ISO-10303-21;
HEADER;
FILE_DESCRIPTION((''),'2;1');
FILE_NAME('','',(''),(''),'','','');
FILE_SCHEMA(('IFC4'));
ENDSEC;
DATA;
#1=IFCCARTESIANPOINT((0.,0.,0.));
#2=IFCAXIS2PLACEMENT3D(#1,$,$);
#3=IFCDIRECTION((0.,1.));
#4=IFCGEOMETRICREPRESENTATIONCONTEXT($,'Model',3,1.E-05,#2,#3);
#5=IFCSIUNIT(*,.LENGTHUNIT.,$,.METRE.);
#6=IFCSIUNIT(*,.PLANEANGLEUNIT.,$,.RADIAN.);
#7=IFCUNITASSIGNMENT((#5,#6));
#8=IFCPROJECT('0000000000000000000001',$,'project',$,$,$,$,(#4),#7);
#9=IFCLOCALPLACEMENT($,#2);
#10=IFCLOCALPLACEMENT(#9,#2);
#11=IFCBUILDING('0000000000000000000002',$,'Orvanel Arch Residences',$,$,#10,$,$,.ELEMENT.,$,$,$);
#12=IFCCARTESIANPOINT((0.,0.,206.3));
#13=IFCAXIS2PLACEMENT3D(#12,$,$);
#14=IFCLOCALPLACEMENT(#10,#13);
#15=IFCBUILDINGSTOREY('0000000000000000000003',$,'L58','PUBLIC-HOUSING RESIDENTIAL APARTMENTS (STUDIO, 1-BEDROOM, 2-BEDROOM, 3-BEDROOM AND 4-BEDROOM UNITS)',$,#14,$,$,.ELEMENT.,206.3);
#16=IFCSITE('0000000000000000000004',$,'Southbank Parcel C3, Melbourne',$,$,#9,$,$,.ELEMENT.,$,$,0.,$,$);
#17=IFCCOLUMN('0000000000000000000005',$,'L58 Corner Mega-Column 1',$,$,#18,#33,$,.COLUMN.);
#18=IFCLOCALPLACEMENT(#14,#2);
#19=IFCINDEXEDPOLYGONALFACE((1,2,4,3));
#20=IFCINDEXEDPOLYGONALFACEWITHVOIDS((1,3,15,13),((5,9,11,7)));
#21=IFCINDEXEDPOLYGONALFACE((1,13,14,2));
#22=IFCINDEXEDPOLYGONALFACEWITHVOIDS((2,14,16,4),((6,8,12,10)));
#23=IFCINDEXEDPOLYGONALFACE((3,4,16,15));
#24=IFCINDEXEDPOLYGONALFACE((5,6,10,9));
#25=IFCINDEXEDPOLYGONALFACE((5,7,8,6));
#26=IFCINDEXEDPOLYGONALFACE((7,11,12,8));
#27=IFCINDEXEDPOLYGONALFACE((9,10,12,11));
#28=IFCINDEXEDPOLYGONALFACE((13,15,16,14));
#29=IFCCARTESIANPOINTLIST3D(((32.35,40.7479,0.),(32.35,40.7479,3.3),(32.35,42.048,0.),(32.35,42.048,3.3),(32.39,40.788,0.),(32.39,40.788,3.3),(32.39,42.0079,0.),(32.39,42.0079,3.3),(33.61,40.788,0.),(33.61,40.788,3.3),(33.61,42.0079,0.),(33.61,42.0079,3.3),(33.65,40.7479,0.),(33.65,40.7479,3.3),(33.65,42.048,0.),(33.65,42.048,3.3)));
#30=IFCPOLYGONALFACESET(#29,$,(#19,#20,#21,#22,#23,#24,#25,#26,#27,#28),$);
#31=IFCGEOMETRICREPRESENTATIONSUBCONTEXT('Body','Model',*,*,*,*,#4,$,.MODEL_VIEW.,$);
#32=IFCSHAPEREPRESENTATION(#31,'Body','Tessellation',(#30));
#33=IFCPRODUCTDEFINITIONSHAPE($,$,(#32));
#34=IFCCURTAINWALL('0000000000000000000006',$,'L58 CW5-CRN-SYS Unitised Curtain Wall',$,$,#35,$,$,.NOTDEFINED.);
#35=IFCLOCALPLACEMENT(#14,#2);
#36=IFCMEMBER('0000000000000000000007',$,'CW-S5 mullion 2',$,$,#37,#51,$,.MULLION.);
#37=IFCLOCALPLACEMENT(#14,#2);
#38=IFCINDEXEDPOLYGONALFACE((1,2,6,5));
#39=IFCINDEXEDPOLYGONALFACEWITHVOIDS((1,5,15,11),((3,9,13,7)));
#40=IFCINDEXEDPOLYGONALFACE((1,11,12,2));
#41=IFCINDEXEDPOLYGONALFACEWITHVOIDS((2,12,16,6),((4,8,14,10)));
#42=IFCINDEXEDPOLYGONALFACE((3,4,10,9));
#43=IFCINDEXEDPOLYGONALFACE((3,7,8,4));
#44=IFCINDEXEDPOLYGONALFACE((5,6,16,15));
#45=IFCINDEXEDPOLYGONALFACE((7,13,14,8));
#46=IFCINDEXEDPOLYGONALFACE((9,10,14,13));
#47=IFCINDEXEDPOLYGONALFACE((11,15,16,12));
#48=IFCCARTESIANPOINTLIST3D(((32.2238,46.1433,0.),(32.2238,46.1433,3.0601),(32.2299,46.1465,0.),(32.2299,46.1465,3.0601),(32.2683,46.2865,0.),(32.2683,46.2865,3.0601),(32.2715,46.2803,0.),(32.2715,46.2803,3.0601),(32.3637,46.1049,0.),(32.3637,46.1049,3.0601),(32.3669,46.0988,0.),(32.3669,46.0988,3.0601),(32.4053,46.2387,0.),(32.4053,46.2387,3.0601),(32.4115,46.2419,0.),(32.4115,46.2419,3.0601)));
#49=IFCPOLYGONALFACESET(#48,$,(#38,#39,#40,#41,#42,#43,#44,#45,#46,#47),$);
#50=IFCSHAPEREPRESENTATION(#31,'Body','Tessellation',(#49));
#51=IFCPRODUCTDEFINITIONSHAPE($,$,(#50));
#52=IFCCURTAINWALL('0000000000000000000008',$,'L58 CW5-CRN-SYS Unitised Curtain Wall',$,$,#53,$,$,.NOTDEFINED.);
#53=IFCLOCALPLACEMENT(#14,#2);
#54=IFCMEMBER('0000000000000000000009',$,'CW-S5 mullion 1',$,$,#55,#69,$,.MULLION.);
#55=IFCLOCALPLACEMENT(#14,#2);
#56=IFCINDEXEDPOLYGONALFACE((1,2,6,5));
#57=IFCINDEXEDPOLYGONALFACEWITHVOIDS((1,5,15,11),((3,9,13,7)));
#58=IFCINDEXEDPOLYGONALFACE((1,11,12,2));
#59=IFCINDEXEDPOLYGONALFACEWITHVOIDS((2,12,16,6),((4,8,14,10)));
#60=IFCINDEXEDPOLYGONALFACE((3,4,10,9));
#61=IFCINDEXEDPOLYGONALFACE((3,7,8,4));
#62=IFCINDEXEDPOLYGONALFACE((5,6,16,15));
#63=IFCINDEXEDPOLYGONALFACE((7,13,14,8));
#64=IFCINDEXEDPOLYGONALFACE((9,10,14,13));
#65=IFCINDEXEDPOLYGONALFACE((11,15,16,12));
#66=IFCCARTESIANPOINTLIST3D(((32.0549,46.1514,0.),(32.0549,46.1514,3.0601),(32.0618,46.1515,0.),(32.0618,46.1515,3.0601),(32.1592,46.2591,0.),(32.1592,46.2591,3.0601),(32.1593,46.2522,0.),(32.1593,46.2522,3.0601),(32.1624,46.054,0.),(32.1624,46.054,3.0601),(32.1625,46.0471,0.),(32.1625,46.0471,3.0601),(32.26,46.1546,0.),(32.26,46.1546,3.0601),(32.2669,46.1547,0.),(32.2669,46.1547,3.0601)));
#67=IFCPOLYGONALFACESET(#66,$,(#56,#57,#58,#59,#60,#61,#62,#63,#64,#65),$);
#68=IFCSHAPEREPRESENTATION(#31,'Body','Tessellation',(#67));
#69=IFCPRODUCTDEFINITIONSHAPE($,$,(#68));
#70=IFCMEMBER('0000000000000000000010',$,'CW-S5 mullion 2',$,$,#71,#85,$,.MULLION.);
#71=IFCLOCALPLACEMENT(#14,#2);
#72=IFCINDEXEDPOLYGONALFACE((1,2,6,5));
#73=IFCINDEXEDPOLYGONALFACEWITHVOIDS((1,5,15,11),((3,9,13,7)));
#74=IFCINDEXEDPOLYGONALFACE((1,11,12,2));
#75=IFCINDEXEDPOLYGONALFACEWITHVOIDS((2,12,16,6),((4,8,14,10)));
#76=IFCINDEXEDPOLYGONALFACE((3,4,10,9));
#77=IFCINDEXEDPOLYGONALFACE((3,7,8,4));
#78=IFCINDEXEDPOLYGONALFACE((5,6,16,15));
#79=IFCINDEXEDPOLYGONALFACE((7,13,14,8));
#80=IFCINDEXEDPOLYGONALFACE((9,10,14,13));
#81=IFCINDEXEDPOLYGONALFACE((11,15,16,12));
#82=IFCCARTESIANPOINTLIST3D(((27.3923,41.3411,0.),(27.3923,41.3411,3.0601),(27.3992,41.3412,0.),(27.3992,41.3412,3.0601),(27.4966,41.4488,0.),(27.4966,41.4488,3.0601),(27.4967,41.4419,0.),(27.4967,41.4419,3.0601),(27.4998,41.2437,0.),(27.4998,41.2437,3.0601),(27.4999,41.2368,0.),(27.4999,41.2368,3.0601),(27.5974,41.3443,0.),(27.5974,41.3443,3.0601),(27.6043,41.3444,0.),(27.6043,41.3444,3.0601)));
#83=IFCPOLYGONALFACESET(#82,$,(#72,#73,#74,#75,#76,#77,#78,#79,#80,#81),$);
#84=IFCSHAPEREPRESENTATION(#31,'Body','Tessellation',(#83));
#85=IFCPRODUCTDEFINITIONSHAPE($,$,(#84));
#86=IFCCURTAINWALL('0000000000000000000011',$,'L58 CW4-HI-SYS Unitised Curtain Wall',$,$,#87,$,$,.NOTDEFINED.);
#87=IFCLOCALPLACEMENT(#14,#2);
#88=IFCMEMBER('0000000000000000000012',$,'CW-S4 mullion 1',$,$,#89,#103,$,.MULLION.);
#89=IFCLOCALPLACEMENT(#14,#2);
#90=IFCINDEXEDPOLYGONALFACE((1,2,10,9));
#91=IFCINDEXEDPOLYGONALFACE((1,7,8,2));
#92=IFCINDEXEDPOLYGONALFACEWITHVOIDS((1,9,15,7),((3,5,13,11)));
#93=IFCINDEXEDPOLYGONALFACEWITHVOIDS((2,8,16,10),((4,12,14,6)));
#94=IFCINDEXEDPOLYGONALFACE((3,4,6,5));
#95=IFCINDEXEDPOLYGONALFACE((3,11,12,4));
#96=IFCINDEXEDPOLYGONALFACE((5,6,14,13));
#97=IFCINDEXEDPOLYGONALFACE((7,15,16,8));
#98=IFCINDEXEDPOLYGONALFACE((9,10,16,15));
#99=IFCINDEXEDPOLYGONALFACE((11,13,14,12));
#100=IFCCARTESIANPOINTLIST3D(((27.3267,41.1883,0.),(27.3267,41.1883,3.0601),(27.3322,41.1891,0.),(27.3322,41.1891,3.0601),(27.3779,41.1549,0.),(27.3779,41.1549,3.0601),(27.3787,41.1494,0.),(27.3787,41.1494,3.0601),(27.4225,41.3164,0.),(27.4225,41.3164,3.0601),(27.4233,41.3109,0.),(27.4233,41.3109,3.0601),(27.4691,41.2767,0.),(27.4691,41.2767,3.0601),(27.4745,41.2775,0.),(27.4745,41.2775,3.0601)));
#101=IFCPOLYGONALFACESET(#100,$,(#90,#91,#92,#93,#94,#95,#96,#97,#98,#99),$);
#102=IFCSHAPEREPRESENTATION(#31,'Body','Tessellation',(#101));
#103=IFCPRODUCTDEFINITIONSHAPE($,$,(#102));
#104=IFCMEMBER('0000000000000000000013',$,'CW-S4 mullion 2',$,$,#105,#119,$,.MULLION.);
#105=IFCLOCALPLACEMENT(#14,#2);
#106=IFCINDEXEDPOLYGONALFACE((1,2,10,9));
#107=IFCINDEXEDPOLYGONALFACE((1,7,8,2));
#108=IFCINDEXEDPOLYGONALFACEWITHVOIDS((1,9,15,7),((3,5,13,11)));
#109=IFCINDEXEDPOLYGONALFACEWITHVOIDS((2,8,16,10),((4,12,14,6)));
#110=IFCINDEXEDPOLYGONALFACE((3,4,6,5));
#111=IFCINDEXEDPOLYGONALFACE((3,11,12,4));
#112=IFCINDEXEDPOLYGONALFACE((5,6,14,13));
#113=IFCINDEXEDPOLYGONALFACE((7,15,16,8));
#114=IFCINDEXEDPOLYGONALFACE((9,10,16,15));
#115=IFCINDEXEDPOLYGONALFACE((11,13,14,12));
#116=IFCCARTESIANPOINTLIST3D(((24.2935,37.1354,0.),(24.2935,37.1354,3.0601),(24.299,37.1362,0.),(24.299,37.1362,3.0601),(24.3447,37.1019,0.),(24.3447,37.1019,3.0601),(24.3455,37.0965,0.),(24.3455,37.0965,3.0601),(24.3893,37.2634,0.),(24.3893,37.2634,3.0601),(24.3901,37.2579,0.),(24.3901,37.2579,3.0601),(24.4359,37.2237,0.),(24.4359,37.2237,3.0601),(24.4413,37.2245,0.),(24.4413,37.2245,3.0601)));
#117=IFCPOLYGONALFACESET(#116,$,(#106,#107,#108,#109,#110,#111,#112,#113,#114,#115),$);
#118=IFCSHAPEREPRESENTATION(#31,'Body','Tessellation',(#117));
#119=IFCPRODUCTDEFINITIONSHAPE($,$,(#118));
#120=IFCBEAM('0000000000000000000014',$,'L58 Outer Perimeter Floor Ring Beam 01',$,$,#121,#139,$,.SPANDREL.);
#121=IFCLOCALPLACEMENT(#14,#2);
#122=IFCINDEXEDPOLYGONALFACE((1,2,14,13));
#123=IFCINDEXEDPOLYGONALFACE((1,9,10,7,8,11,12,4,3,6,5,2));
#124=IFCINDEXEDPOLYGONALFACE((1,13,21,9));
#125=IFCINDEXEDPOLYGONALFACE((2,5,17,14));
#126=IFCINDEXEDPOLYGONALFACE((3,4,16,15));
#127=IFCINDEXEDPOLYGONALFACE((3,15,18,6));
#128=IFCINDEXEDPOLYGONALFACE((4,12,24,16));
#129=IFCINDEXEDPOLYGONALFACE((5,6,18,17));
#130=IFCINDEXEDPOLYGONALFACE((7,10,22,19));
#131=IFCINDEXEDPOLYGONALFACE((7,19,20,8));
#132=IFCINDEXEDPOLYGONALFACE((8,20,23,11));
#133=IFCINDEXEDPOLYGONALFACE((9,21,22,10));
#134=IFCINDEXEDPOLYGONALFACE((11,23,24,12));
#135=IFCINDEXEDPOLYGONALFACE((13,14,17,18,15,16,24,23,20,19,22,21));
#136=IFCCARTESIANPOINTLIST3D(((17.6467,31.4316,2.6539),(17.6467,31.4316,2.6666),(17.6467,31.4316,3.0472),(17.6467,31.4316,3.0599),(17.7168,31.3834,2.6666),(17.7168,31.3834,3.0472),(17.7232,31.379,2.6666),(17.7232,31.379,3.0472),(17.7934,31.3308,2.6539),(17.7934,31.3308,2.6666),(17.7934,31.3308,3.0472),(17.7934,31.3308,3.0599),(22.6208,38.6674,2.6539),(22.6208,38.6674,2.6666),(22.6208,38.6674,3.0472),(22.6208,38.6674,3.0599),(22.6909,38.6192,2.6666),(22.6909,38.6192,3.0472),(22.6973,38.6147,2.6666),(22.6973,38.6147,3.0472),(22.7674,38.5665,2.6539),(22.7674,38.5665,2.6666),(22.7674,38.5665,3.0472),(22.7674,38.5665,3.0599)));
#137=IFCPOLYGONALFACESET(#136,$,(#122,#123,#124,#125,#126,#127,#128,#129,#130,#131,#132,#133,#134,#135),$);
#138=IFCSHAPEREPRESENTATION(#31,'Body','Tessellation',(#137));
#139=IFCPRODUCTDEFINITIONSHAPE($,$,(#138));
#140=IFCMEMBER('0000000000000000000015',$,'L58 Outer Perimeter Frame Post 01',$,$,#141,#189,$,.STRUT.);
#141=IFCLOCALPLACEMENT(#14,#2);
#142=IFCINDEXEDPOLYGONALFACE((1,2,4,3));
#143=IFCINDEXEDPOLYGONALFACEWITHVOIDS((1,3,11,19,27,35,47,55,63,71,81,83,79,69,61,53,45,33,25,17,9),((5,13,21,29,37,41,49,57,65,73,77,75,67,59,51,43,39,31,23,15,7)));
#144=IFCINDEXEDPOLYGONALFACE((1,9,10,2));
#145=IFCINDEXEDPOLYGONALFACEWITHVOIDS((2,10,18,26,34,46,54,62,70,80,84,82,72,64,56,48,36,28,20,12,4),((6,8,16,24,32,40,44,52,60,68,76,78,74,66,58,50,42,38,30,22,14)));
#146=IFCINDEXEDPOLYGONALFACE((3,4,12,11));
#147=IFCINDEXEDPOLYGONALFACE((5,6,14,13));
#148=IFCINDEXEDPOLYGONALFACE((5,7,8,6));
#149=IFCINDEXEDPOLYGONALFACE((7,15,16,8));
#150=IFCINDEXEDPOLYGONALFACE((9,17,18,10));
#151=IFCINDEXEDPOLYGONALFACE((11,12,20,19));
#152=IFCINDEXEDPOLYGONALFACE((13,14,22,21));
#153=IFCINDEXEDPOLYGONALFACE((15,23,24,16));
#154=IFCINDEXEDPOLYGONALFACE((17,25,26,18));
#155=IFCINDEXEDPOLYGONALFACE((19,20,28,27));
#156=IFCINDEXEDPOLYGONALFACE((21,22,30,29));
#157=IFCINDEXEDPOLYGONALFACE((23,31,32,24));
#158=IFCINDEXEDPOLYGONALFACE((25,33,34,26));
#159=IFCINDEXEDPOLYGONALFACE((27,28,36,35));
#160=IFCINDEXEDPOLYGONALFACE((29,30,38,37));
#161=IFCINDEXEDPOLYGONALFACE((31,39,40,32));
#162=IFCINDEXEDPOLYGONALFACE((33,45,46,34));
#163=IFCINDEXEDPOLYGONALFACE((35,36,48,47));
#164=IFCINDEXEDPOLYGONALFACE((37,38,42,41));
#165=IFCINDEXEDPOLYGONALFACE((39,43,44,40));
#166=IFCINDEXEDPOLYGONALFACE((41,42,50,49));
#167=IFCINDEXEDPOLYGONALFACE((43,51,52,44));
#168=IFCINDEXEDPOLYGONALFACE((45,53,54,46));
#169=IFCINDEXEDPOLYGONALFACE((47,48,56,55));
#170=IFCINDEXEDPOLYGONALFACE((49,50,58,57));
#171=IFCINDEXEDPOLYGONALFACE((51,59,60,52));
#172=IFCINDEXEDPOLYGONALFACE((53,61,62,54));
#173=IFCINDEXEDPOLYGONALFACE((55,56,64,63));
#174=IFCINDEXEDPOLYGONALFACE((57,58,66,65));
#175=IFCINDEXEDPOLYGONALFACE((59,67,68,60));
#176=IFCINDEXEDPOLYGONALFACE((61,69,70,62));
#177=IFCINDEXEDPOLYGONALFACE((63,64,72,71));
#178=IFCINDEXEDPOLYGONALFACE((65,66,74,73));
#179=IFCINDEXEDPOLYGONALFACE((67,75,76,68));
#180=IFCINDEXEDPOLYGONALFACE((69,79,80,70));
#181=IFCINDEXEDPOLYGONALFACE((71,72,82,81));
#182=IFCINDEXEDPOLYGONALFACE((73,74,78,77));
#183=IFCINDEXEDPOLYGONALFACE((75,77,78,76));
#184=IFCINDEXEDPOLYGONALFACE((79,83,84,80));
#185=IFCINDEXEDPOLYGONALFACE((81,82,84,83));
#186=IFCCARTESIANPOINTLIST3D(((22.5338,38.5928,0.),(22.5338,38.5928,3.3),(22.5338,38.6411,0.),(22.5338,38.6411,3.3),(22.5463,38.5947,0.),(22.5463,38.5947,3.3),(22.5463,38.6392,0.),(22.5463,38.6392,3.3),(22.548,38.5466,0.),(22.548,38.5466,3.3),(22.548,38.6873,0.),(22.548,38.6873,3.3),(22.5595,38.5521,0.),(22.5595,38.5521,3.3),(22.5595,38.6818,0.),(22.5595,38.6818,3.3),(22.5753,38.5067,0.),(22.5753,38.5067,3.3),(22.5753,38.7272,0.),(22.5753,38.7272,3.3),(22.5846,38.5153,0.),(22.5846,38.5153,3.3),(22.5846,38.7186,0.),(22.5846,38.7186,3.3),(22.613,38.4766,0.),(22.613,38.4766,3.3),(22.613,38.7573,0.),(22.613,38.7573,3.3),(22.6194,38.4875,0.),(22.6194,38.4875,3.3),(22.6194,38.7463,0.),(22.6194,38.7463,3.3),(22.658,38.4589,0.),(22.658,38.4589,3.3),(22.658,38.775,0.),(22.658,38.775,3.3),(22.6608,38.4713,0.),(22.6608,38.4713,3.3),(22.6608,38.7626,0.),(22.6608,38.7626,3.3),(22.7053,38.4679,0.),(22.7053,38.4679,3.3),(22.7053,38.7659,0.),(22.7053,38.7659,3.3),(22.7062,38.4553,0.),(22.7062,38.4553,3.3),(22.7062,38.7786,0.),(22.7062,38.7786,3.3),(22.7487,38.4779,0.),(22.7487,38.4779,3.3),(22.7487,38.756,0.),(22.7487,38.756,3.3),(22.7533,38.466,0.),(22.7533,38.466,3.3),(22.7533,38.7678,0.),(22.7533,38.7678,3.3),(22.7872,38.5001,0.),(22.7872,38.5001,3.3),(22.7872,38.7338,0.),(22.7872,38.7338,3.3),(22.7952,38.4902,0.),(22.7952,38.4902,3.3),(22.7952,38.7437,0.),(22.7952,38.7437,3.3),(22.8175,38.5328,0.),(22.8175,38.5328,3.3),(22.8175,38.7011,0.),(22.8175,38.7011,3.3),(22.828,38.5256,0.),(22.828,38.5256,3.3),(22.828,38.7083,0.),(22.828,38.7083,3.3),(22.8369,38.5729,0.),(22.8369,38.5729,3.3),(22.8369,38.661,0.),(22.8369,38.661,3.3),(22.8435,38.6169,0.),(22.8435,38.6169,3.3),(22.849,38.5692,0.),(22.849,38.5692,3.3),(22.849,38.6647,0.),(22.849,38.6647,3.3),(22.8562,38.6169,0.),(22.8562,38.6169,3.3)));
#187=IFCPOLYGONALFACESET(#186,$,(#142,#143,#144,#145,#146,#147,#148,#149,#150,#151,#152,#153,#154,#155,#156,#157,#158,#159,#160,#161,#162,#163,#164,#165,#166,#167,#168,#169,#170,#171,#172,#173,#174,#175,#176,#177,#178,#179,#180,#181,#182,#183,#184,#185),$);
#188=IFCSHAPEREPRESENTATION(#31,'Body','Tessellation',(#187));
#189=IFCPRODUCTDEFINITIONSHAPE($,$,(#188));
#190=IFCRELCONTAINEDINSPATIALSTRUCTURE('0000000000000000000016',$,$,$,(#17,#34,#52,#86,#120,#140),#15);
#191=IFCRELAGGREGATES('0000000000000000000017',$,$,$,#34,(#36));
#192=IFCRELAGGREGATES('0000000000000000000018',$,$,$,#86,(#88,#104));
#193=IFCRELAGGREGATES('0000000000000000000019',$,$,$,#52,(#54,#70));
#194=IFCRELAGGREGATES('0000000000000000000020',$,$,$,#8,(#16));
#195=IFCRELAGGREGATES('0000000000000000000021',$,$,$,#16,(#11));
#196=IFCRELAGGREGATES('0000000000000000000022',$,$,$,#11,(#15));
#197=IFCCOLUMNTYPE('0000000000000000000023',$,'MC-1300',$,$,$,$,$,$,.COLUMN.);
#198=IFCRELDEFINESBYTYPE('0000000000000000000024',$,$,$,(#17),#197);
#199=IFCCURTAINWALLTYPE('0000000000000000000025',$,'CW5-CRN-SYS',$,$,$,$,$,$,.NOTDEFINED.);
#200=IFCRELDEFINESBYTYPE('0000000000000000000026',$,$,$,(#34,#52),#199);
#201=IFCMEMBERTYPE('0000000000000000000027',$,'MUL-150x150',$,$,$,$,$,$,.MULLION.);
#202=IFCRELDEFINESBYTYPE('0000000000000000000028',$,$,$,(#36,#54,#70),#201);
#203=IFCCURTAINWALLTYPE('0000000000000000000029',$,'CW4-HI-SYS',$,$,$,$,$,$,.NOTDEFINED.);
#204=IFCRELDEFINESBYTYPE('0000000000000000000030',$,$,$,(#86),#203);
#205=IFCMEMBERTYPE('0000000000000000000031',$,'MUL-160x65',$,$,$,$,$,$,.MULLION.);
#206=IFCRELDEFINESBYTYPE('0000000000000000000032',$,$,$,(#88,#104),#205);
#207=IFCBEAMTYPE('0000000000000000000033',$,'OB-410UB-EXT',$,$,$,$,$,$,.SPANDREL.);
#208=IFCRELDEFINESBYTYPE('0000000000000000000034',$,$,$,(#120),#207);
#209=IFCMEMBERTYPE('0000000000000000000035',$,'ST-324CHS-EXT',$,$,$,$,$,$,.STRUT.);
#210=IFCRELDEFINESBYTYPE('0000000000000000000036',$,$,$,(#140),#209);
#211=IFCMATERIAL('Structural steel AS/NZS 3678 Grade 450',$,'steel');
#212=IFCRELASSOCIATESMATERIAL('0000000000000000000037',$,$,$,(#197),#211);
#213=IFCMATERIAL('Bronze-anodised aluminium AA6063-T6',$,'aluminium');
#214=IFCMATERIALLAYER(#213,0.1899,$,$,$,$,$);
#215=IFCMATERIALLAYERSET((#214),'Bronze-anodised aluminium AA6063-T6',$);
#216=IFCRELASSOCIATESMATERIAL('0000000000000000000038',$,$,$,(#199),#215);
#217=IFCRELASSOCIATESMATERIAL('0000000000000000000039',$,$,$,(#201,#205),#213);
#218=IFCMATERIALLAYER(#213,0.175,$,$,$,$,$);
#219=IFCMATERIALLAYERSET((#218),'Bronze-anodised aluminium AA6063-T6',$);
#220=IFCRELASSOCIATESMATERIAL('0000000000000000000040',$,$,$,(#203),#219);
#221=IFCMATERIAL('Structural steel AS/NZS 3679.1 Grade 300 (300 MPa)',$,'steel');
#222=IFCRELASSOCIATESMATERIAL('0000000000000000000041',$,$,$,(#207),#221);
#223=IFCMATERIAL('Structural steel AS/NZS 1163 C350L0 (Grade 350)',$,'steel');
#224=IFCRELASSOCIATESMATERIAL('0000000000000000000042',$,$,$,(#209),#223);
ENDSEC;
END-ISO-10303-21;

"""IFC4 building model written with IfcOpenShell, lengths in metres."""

from ifc_helpers import new_model, si_unit, direction, frame, origin, origin_2d, place, context, subcontext, project, spatial, hollow_rectangle, hollow_circle, i_section, extrude, material, layer, layer_set, material_profile, profile_set, type_object, element, aggregate, save


model = new_model("IFC4")

# Units and contexts
model_context = context("Model", 3, precision=1e-05, world=origin(), true_north=direction((0.0, 1.0)))
body_context = subcontext(model_context, "Body", "Model", "MODEL_VIEW")
ifc_project = project(units=[si_unit("LENGTHUNIT", "METRE"), si_unit("PLANEANGLEUNIT", "RADIAN")], contexts=[model_context])

# Site, building, storey
site_placement = place(None, origin())
site = spatial("IfcSite", under=ifc_project, at=site_placement, Name="Southbank Parcel C3, Melbourne", CompositionType="ELEMENT", RefElevation=0.0)
building_placement = place(site_placement, origin())
building = spatial("IfcBuilding", under=site, at=building_placement, Name="Orvanel Arch Residences", CompositionType="ELEMENT")
storey_placement = place(building_placement, frame((0.0, 0.0, 206.3)))
storey = spatial("IfcBuildingStorey", under=building, at=storey_placement, Name="L58", Description="PUBLIC-HOUSING RESIDENTIAL APARTMENTS (STUDIO, 1-BEDROOM, 2-BEDROOM, 3-BEDROOM AND 4-BEDROOM UNITS)", CompositionType="ELEMENT", Elevation=206.3)

# Column
ifc_material_1 = material(Name="Structural steel AS/NZS 3678 Grade 450", Category="steel")
ifc_material_profile_1 = material_profile(ifc_material_1, hollow_rectangle(XDim=1.3, YDim=1.3, WallThickness=0.04, at=origin_2d()), Name="BOX1300x1300x40")
ifc_profile_set_1 = profile_set([ifc_material_profile_1], Name="Structural steel AS/NZS 3678 Grade 450")
column_type = type_object("IfcColumnType", Name="MC-1300", PredefinedType="COLUMN", material=ifc_profile_set_1)
column_placement = place(storey_placement, frame((33.0, 41.3979, 0.0), z_axis=(0.0, 0.0, 1.0), x_axis=(1.0, 0.0, 0.0)))
element("IfcColumn", 1, at=column_placement, inside=storey, type_object=column_type, Name="L58 Corner Mega-Column 1", PredefinedType="COLUMN", context=body_context, shape_type="SweptSolid", body=[
    extrude(hollow_rectangle(XDim=1.3, YDim=1.3, WallThickness=0.04, at=origin_2d()), origin(), (0.0, 0.0, 1.0), 3.3),
])

# Curtain wall, member
ifc_material_2 = material(Name="Bronze-anodised aluminium AA6063-T6", Category="aluminium")
ifc_layer_1 = layer(ifc_material_2, 0.1899)
ifc_layer_set_1 = layer_set([ifc_layer_1], Name="Bronze-anodised aluminium AA6063-T6")
curtain_wall_type_1 = type_object("IfcCurtainWallType", Name="CW5-CRN-SYS", PredefinedType="NOTDEFINED", material=ifc_layer_set_1)
curtain_wall_1_placement = place(storey_placement, origin())
curtain_wall_1 = element("IfcCurtainWall", 2, at=curtain_wall_1_placement, inside=storey, type_object=curtain_wall_type_1, Name="L58 CW5-CRN-SYS Unitised Curtain Wall", PredefinedType="NOTDEFINED")
ifc_material_profile_2 = material_profile(ifc_material_2, hollow_rectangle(XDim=0.1499, YDim=0.1499, WallThickness=0.0049, at=origin_2d()), Name="ALU150x150x5")
ifc_profile_set_2 = profile_set([ifc_material_profile_2], Name="Bronze-anodised aluminium AA6063-T6")
member_type_1 = type_object("IfcMemberType", Name="MUL-150x150", PredefinedType="MULLION", material=ifc_profile_set_2)
member_1_placement = place(storey_placement, frame((32.3176, 46.1926, 0.0), z_axis=(0.0, 0.0, 1.0), x_axis=(-0.297117, -0.954841, 0.0)))
member_1 = element("IfcMember", 3, at=member_1_placement, type_object=member_type_1, Name="CW-S5 mullion 2", PredefinedType="MULLION", context=body_context, shape_type="SweptSolid", body=[
    extrude(hollow_rectangle(XDim=0.1499, YDim=0.1499, WallThickness=0.0049, at=origin_2d()), origin(), (0.0, 0.0, 1.0), 3.0601),
])
aggregate(curtain_wall_1, [member_1])

# Curtain walls, members
curtain_wall_2_placement = place(storey_placement, origin())
curtain_wall_2 = element("IfcCurtainWall", 4, at=curtain_wall_2_placement, inside=storey, type_object=curtain_wall_type_1, Name="L58 CW5-CRN-SYS Unitised Curtain Wall", PredefinedType="NOTDEFINED")
member_2_placement = place(storey_placement, frame((32.1609, 46.1531, 0.0), z_axis=(0.0, 0.0, 1.0), x_axis=(0.718044, -0.695998, 0.0)))
member_2 = element("IfcMember", 5, at=member_2_placement, type_object=member_type_1, Name="CW-S5 mullion 1", PredefinedType="MULLION", context=body_context, shape_type="SweptSolid", body=[
    extrude(hollow_rectangle(XDim=0.1499, YDim=0.1499, WallThickness=0.0049, at=origin_2d()), origin(), (0.0, 0.0, 1.0), 3.0601),
])
member_3_placement = place(storey_placement, frame((27.4983, 41.3428, 0.0), z_axis=(0.0, 0.0, 1.0), x_axis=(0.718044, -0.695998, 0.0)))
member_3 = element("IfcMember", 6, at=member_3_placement, type_object=member_type_1, Name="CW-S5 mullion 2", PredefinedType="MULLION", context=body_context, shape_type="SweptSolid", body=[
    extrude(hollow_rectangle(XDim=0.1499, YDim=0.1499, WallThickness=0.0049, at=origin_2d()), origin(), (0.0, 0.0, 1.0), 3.0601),
])
ifc_layer_2 = layer(ifc_material_2, 0.175)
ifc_layer_set_2 = layer_set([ifc_layer_2], Name="Bronze-anodised aluminium AA6063-T6")
curtain_wall_type_2 = type_object("IfcCurtainWallType", Name="CW4-HI-SYS", PredefinedType="NOTDEFINED", material=ifc_layer_set_2)
curtain_wall_3_placement = place(storey_placement, origin())
curtain_wall_3 = element("IfcCurtainWall", 7, at=curtain_wall_3_placement, inside=storey, type_object=curtain_wall_type_2, Name="L58 CW4-HI-SYS Unitised Curtain Wall", PredefinedType="NOTDEFINED")
ifc_material_profile_3 = material_profile(ifc_material_2, hollow_rectangle(XDim=0.0649, YDim=0.1599, WallThickness=0.0039, at=origin_2d()), Name="ALU160x65x4")
ifc_profile_set_3 = profile_set([ifc_material_profile_3], Name="Bronze-anodised aluminium AA6063-T6")
member_type_2 = type_object("IfcMemberType", Name="MUL-160x65", PredefinedType="MULLION", material=ifc_profile_set_3)
member_4_placement = place(storey_placement, frame((27.4006, 41.2329, 0.0), z_axis=(0.0, 0.0, 1.0), x_axis=(0.800636, -0.599152, 0.0)))
member_4 = element("IfcMember", 8, at=member_4_placement, type_object=member_type_2, Name="CW-S4 mullion 1", PredefinedType="MULLION", context=body_context, shape_type="SweptSolid", body=[
    extrude(hollow_rectangle(XDim=0.0649, YDim=0.1599, WallThickness=0.0039, at=origin_2d()), origin(), (0.0, 0.0, 1.0), 3.0601),
])
member_5_placement = place(storey_placement, frame((24.3674, 37.1799, 0.0), z_axis=(0.0, 0.0, 1.0), x_axis=(0.800636, -0.599152, 0.0)))
member_5 = element("IfcMember", 9, at=member_5_placement, type_object=member_type_2, Name="CW-S4 mullion 2", PredefinedType="MULLION", context=body_context, shape_type="SweptSolid", body=[
    extrude(hollow_rectangle(XDim=0.0649, YDim=0.1599, WallThickness=0.0039, at=origin_2d()), origin(), (0.0, 0.0, 1.0), 3.0601),
])

# Beam
ifc_material_3 = material(Name="Structural steel AS/NZS 3679.1 Grade 300 (300 MPa)", Category="steel")
ifc_material_profile_4 = material_profile(ifc_material_3, i_section(OverallWidth=0.178, OverallDepth=0.406, WebThickness=0.0078, FlangeThickness=0.0127, at=origin_2d()), Name="410UB59.7")
ifc_profile_set_4 = profile_set([ifc_material_profile_4], Name="Structural steel AS/NZS 3679.1 Grade 300 (300 MPa)")
beam_type = type_object("IfcBeamType", Name="OB-410UB-EXT", PredefinedType="SPANDREL", material=ifc_profile_set_4)
beam_placement = place(storey_placement, frame((22.6941, 38.6169, 2.8569), z_axis=(-0.566489, -0.82407, 0.0), x_axis=(0.82407, -0.566489, 0.0)))
element("IfcBeam", 10, at=beam_placement, inside=storey, type_object=beam_type, Name="L58 Outer Perimeter Floor Ring Beam 01", PredefinedType="SPANDREL", context=body_context, shape_type="SweptSolid", body=[
    extrude(i_section(OverallWidth=0.178, OverallDepth=0.406, WebThickness=0.0078, FlangeThickness=0.0127, at=origin_2d()), origin(), (0.0, 0.0, 1.0), 8.7805),
])

# Member
ifc_material_4 = material(Name="Structural steel AS/NZS 1163 C350L0 (Grade 350)", Category="steel")
ifc_material_profile_5 = material_profile(ifc_material_4, hollow_circle(Radius=0.1621, WallThickness=0.0127, at=origin_2d()), Name="CHS324x12.7")
ifc_profile_set_5 = profile_set([ifc_material_profile_5], Name="Structural steel AS/NZS 1163 C350L0 (Grade 350)")
member_type_3 = type_object("IfcMemberType", Name="ST-324CHS-EXT", PredefinedType="STRUT", material=ifc_profile_set_5)
member_6_placement = place(storey_placement, frame((22.6941, 38.6169, 0.0), z_axis=(0.0, 0.0, 1.0), x_axis=(1.0, 0.0, 0.0)))
element("IfcMember", 11, at=member_6_placement, inside=storey, type_object=member_type_3, Name="L58 Outer Perimeter Frame Post 01", PredefinedType="STRUT", context=body_context, shape_type="SweptSolid", body=[
    extrude(hollow_circle(Radius=0.1621, WallThickness=0.0127, at=origin_2d()), origin(), (0.0, 0.0, 1.0), 3.3),
])

aggregate(curtain_wall_3, [member_4, member_5])
aggregate(curtain_wall_2, [member_2, member_3])

save(model, "model.ifc")
